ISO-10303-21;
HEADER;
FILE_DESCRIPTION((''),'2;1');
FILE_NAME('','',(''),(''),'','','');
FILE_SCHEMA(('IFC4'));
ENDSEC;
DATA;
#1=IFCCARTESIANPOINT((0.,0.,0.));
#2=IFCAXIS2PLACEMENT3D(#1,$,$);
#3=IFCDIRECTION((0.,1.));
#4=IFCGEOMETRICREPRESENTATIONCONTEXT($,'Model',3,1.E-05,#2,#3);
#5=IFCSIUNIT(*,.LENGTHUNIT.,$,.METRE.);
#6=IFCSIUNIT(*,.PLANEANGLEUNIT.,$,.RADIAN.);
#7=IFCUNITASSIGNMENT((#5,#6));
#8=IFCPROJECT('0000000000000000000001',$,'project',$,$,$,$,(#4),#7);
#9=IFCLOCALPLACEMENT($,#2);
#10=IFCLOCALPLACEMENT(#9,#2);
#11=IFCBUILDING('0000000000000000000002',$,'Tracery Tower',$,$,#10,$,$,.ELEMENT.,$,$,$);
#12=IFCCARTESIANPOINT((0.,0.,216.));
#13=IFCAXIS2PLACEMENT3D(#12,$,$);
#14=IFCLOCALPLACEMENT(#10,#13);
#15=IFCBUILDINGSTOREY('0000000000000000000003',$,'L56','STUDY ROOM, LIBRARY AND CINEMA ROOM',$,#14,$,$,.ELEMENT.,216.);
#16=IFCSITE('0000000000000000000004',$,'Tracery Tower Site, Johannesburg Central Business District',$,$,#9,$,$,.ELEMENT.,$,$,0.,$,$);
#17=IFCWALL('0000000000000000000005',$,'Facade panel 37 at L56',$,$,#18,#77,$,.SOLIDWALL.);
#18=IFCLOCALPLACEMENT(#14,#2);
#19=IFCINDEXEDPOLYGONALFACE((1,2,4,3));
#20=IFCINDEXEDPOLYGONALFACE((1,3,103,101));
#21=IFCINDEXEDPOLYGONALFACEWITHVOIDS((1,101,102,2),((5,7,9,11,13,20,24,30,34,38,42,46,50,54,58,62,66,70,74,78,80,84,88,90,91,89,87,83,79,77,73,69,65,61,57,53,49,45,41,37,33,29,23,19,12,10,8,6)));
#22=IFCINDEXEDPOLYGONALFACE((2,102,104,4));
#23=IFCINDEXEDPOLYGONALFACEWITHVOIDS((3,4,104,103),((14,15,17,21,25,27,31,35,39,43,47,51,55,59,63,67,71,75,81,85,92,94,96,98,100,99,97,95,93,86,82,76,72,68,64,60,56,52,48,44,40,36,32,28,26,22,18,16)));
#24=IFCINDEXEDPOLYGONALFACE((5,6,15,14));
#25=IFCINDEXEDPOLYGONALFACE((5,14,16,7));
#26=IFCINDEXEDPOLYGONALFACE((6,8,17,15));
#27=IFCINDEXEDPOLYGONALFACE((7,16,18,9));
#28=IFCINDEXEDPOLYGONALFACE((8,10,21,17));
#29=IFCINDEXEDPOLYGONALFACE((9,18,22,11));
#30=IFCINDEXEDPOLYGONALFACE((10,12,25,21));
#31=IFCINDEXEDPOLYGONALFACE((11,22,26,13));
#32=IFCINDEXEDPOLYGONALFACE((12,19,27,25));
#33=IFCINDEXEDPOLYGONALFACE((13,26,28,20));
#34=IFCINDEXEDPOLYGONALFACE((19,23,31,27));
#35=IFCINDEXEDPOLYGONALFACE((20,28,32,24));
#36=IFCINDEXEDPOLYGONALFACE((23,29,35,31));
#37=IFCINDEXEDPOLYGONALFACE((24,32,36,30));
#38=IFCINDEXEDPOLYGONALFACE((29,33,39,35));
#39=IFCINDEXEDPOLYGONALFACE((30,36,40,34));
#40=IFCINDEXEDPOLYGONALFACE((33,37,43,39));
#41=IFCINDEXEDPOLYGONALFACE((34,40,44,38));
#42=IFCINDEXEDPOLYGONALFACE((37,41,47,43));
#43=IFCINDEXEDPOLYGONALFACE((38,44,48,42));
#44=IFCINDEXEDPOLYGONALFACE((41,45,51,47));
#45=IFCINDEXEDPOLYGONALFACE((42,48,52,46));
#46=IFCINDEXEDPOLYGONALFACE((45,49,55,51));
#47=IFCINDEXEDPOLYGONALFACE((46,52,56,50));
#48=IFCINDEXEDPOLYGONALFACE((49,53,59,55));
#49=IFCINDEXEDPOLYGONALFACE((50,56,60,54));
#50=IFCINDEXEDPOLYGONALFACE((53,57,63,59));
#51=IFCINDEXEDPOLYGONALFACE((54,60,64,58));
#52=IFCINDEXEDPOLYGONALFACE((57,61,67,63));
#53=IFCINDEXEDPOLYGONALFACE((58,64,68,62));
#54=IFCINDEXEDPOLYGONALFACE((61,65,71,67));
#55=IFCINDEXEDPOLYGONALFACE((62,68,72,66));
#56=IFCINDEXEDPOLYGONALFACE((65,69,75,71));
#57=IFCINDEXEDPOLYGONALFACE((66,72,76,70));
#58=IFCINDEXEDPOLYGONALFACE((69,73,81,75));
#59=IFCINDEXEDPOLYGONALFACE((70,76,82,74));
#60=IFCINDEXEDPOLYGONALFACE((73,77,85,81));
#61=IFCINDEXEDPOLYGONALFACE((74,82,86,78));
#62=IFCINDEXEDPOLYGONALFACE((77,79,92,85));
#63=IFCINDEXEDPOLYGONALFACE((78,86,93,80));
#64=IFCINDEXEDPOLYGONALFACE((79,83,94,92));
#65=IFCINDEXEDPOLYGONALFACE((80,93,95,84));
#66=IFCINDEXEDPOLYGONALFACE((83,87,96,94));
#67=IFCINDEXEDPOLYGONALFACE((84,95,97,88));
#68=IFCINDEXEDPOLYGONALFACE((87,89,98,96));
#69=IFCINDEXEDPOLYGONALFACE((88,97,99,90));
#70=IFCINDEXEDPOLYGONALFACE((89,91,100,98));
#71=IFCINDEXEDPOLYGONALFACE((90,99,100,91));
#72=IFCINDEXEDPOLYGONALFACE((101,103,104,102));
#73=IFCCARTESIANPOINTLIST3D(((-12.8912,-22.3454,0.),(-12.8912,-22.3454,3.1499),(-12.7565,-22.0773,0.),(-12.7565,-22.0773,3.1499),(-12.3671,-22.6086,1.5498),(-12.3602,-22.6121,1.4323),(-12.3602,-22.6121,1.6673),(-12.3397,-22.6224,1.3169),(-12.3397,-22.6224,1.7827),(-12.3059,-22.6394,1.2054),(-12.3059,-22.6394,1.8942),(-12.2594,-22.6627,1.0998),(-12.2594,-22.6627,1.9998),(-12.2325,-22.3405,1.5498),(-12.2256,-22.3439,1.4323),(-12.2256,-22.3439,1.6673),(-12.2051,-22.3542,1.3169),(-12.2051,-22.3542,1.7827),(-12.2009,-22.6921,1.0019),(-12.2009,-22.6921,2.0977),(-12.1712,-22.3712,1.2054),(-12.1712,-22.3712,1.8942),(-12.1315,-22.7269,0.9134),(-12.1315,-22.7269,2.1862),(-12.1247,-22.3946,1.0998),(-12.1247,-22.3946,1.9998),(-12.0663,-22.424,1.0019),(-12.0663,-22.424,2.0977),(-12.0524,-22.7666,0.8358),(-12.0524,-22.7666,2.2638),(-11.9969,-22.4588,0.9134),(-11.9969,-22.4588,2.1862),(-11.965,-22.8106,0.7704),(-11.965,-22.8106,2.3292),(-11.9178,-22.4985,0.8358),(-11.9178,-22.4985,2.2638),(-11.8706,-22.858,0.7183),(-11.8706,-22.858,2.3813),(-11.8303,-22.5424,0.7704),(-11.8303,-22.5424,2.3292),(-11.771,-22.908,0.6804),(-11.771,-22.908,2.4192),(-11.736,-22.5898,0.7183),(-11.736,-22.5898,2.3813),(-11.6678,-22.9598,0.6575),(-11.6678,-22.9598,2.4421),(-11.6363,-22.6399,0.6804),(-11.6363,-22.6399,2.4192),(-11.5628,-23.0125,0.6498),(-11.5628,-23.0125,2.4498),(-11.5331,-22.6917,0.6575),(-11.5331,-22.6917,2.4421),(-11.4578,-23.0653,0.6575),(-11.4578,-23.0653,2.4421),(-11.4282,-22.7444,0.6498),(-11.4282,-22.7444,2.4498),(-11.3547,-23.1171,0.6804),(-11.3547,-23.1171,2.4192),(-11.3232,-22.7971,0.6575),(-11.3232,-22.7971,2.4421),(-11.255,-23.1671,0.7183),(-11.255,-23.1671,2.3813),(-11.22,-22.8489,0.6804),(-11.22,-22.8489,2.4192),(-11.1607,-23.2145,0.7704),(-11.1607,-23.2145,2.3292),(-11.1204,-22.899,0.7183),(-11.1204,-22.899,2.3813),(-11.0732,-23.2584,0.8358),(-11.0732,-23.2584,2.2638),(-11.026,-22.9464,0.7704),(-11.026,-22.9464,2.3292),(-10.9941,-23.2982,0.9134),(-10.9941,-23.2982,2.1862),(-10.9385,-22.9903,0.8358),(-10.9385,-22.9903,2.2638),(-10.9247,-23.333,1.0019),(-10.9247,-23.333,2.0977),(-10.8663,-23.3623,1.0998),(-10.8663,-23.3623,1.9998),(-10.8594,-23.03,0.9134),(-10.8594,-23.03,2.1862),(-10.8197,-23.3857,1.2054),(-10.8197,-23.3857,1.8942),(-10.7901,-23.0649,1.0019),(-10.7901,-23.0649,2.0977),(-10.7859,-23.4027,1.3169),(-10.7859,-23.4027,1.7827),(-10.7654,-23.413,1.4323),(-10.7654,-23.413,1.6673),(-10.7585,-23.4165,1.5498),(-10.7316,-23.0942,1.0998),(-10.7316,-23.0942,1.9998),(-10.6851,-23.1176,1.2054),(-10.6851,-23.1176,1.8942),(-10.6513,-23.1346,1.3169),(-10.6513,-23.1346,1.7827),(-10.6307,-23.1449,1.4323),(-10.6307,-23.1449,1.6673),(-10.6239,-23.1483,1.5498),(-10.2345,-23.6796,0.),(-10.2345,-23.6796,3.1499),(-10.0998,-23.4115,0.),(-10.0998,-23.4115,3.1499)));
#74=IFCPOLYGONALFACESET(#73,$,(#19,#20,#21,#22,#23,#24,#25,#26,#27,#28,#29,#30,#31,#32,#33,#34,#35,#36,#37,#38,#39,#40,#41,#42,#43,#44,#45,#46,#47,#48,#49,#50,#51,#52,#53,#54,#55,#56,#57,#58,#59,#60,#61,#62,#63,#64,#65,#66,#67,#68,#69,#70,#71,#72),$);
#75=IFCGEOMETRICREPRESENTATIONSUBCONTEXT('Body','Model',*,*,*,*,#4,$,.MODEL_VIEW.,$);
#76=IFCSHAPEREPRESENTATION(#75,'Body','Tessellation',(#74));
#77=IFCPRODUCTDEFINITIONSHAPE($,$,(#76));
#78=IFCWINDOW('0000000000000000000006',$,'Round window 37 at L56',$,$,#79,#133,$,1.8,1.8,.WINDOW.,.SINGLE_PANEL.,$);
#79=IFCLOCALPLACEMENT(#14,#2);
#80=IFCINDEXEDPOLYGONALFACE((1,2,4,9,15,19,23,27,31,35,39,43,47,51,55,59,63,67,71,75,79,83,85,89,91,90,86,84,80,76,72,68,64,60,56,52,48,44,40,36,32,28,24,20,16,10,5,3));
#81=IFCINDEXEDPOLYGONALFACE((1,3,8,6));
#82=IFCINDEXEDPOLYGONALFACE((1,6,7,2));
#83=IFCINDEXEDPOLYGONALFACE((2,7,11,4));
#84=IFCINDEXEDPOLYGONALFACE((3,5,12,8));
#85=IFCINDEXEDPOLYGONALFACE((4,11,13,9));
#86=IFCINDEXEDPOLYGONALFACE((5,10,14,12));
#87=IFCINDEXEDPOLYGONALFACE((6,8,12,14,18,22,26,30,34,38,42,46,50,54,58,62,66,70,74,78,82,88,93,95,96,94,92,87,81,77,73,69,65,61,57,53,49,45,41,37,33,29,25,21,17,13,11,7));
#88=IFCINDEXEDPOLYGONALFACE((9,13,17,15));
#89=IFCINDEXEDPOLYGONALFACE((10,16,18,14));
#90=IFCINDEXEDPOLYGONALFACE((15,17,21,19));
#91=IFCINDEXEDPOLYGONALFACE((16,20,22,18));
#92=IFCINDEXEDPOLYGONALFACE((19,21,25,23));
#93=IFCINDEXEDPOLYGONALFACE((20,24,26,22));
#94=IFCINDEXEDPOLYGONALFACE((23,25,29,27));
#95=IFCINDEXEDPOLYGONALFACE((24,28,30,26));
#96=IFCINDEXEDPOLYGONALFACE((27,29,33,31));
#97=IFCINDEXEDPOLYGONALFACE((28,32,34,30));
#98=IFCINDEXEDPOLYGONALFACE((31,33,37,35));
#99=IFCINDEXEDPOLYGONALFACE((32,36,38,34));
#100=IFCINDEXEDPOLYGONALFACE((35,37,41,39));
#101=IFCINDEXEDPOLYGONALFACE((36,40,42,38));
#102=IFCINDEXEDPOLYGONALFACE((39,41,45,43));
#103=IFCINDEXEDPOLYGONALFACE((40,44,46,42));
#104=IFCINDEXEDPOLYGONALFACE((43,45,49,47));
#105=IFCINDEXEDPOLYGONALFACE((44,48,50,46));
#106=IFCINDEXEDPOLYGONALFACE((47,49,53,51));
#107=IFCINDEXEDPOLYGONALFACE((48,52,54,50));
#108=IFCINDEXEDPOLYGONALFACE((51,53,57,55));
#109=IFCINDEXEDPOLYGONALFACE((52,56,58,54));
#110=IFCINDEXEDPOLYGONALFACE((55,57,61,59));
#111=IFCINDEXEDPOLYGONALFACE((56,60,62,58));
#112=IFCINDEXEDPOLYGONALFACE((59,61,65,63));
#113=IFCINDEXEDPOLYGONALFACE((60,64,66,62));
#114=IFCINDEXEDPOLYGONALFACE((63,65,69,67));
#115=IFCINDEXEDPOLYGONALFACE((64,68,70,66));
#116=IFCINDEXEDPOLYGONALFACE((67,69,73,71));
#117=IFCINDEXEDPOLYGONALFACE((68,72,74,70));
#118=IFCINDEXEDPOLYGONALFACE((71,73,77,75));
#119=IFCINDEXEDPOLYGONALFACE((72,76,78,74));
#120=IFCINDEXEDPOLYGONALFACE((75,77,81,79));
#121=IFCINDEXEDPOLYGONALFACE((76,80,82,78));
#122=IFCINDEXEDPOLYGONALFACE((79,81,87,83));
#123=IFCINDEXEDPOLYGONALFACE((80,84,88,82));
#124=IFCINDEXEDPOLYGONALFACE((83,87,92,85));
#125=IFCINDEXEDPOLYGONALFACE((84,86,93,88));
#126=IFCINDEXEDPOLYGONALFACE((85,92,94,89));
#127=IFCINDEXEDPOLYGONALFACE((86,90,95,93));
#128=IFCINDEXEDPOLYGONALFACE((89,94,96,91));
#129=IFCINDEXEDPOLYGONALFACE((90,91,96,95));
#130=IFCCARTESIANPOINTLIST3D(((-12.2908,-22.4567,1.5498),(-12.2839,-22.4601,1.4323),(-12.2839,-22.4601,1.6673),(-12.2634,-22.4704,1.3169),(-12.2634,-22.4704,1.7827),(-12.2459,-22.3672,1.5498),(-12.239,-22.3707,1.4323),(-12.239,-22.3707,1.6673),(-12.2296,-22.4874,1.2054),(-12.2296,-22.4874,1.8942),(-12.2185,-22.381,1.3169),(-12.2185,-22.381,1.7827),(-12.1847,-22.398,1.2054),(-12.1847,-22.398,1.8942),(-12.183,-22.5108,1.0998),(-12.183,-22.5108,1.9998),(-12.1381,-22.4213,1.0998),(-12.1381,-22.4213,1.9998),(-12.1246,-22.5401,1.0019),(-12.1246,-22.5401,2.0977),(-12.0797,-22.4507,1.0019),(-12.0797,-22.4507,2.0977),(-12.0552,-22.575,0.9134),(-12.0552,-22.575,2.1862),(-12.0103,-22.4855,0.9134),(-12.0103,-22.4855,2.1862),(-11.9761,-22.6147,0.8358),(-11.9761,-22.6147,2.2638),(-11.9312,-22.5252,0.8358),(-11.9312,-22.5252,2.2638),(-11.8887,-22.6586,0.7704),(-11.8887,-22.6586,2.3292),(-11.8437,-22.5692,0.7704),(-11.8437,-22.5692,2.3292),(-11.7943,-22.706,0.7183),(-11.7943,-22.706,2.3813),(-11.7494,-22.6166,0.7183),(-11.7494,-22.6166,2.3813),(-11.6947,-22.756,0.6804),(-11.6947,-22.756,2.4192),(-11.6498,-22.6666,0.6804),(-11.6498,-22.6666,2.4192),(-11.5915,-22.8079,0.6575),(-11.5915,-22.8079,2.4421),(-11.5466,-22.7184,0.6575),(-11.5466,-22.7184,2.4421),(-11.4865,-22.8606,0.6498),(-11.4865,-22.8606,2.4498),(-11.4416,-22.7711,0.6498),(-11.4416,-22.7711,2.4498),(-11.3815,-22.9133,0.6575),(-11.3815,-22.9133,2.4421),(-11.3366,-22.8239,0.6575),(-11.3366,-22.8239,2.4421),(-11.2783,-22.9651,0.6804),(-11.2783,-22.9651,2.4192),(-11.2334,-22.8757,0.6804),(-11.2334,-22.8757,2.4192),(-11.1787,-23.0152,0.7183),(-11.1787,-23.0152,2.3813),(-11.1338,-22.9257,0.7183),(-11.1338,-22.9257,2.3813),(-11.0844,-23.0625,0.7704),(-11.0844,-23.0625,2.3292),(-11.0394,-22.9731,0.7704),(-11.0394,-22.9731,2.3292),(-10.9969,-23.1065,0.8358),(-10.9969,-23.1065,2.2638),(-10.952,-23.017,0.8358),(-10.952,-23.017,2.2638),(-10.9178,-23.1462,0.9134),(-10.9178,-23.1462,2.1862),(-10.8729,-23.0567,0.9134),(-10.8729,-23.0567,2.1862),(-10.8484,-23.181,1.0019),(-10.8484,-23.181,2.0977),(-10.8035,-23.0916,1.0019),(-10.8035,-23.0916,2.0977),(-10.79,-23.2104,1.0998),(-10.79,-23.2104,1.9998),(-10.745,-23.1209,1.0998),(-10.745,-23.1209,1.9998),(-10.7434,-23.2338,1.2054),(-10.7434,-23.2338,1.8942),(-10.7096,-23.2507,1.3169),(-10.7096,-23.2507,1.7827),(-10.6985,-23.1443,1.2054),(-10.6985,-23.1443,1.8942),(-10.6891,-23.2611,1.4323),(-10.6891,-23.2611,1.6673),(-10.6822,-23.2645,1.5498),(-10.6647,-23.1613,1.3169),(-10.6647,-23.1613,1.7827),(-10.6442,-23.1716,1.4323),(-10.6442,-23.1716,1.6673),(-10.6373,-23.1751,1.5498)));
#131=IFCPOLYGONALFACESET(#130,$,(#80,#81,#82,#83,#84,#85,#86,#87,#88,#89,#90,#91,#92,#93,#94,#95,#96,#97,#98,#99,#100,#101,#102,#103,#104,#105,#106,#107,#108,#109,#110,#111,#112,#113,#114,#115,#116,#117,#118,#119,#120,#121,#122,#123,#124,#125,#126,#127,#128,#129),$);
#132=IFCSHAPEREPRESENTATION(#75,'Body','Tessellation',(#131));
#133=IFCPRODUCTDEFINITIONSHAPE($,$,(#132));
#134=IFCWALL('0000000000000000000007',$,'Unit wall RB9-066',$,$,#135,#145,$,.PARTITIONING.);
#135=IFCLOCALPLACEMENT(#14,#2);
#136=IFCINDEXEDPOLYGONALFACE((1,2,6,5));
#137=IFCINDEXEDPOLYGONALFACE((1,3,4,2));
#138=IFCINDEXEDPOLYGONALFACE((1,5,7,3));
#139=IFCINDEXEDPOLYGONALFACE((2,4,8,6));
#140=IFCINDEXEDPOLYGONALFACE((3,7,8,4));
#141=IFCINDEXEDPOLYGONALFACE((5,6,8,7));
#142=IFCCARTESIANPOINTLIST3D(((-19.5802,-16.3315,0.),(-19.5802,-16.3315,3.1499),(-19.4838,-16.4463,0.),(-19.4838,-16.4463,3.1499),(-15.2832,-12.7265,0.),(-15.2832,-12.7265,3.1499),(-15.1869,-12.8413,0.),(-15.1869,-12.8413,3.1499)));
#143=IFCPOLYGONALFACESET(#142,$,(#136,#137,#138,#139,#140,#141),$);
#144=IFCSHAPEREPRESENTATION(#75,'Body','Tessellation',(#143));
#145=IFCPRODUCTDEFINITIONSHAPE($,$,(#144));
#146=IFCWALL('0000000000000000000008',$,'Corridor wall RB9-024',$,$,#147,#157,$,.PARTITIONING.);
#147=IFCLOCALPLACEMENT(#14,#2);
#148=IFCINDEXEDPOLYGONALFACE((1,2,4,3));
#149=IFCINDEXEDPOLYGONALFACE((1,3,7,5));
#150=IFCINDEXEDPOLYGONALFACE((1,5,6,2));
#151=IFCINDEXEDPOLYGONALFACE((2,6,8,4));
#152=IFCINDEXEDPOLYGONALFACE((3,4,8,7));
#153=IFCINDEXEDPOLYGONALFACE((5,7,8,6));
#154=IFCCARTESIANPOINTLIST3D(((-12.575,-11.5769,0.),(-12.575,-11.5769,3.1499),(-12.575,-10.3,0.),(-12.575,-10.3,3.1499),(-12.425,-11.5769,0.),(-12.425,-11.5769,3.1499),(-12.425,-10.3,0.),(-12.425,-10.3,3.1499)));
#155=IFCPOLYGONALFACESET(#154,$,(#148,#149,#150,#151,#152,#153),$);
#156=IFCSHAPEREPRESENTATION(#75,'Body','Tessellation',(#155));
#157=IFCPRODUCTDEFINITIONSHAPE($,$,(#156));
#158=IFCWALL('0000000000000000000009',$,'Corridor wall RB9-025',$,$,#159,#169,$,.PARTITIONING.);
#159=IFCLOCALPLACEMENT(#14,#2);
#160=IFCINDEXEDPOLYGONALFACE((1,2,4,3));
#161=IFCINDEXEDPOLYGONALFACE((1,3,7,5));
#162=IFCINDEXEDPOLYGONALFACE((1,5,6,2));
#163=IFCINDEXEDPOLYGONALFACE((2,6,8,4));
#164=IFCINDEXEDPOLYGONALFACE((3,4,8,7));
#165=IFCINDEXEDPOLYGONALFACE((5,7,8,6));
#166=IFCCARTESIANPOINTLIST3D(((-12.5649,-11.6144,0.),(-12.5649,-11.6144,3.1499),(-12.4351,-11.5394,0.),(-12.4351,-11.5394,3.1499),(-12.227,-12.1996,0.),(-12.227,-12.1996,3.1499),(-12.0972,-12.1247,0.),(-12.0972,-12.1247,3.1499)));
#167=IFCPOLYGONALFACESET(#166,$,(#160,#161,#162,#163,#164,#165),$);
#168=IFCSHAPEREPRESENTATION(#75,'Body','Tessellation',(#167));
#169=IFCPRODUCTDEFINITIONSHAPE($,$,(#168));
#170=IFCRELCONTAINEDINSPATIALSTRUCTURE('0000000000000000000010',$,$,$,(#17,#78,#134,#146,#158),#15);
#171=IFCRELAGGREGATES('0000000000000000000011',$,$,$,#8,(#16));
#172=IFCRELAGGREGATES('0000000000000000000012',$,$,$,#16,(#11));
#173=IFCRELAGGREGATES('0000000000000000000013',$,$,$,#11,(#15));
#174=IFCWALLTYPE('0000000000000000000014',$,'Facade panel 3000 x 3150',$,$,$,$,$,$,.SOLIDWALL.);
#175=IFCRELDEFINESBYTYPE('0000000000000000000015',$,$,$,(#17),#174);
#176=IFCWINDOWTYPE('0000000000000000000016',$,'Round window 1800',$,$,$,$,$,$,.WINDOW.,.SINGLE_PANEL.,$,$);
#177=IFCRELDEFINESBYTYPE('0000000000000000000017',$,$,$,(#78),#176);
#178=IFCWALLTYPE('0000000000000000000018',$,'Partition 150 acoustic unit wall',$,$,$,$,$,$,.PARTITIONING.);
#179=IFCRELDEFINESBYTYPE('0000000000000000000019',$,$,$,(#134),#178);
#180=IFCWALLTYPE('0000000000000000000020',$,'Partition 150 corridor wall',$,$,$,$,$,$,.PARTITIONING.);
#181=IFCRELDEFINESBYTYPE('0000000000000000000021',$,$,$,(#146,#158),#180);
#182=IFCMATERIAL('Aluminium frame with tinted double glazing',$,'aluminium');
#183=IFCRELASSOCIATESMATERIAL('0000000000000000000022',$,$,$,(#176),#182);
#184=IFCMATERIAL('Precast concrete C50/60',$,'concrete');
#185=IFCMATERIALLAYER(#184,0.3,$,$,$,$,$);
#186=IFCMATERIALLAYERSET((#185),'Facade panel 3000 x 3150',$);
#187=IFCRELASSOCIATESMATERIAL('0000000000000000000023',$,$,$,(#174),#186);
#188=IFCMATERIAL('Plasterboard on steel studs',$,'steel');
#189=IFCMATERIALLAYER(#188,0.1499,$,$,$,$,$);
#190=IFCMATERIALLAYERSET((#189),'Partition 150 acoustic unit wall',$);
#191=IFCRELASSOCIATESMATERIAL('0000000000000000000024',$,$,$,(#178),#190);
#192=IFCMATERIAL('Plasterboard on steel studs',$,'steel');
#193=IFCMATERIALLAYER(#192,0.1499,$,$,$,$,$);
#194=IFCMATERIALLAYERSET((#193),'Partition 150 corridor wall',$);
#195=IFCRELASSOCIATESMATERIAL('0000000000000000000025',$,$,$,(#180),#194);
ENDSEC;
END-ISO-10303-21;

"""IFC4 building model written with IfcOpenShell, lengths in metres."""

from ifc_helpers import new_model, si_unit, direction, frame, frame_2d, origin, origin_2d, place, context, subcontext, project, spatial, rectangle, circle, extrude, material, layer, layer_set, type_object, element, fill, save


model = new_model("IFC4")

# Units and contexts
model_context = context("Model", 3, precision=1e-05, world=origin(), true_north=direction((0.0, 1.0)))
body_context = subcontext(model_context, "Body", "Model", "MODEL_VIEW")
ifc_project = project(units=[si_unit("LENGTHUNIT", "METRE"), si_unit("PLANEANGLEUNIT", "RADIAN")], contexts=[model_context])

# Site, building, storey
site_placement = place(None, origin())
site = spatial("IfcSite", under=ifc_project, at=site_placement, Name="Tracery Tower Site, Johannesburg Central Business District", CompositionType="ELEMENT", RefElevation=0.0)
building_placement = place(site_placement, origin())
building = spatial("IfcBuilding", under=site, at=building_placement, Name="Tracery Tower", CompositionType="ELEMENT")
storey_placement = place(building_placement, frame((0.0, 0.0, 216.0)))
storey = spatial("IfcBuildingStorey", under=building, at=storey_placement, Name="L56", Description="STUDY ROOM, LIBRARY AND CINEMA ROOM", CompositionType="ELEMENT", Elevation=216.0)

# Wall, opening, window
ifc_material_1 = material(Name="Aluminium frame with tinted double glazing", Category="aluminium")
window_type = type_object("IfcWindowType", Name="Round window 1800", PartitioningType="SINGLE_PANEL", PredefinedType="WINDOW", material=ifc_material_1)
ifc_material_2 = material(Name="Precast concrete C50/60", Category="concrete")
ifc_layer_1 = layer(ifc_material_2, 0.3)
ifc_layer_set_1 = layer_set([ifc_layer_1], Name="Facade panel 3000 x 3150")
wall_type_1 = type_object("IfcWallType", Name="Facade panel 3000 x 3150", PredefinedType="SOLIDWALL", material=ifc_layer_set_1)
wall_1_placement = place(storey_placement, frame((-12.8237, -22.2114, 0.0), z_axis=(0.0, 0.0, 1.0), x_axis=(0.893637, -0.44879, 0.0)))
wall_1 = element("IfcWall", 1, at=wall_1_placement, inside=storey, type_object=wall_type_1, Name="Facade panel 37 at L56", PredefinedType="SOLIDWALL", context=body_context, shape_type="SweptSolid", body=[
    extrude(rectangle(XDim=2.9729, YDim=0.3, at=frame_2d((1.4863, 0.0))), origin(), (0.0, 0.0, 1.0), 3.1499),
])
opening_1_placement = place(wall_1_placement, frame((1.4863, 0.0, 1.5498)))
opening_1 = element("IfcOpeningElement", 2, at=opening_1_placement, cuts=wall_1, PredefinedType="OPENING", context=body_context, shape_type="SweptSolid", body=[
    extrude(circle(Radius=0.9, at=origin_2d()), frame((0.0, 0.1599, 0.0), z_axis=(0.0, -1.0, 0.0), x_axis=(1.0, 0.0, 0.0)), (0.0, 0.0, 1.0), 0.3201),
])
window_1_placement = place(opening_1_placement, origin())
window_1 = element("IfcWindow", 3, at=window_1_placement, inside=storey, type_object=window_type, Name="Round window 37 at L56", OverallHeight=1.8, OverallWidth=1.8, PartitioningType="SINGLE_PANEL", PredefinedType="WINDOW", context=body_context, shape_type="SweptSolid", body=[
    extrude(circle(Radius=0.9, at=origin_2d()), frame((0.0, 0.1201, 0.0), z_axis=(0.0, -1.0, 0.0), x_axis=(1.0, 0.0, 0.0)), (0.0, 0.0, 1.0), 0.1001),
])
fill(opening_1, window_1)

# Walls
ifc_material_3 = material(Name="Plasterboard on steel studs", Category="steel")
ifc_layer_2 = layer(ifc_material_3, 0.1499)
ifc_layer_set_2 = layer_set([ifc_layer_2], Name="Partition 150 acoustic unit wall")
wall_type_2 = type_object("IfcWallType", Name="Partition 150 acoustic unit wall", PredefinedType="PARTITIONING", material=ifc_layer_set_2)
wall_2_placement = place(storey_placement, frame((-19.532, -16.3889, 0.0), z_axis=(0.0, 0.0, 1.0), x_axis=(0.766091, 0.642733, 0.0)))
element("IfcWall", 4, at=wall_2_placement, inside=storey, type_object=wall_type_2, Name="Unit wall RB9-066", PredefinedType="PARTITIONING", context=body_context, shape_type="SweptSolid", body=[
    extrude(rectangle(XDim=5.6089, YDim=0.1499, at=frame_2d((2.8044, 0.0))), origin(), (0.0, 0.0, 1.0), 3.1499),
])
ifc_material_4 = material(Name="Plasterboard on steel studs", Category="steel")
ifc_layer_3 = layer(ifc_material_4, 0.1499)
ifc_layer_set_3 = layer_set([ifc_layer_3], Name="Partition 150 corridor wall")
wall_type_3 = type_object("IfcWallType", Name="Partition 150 corridor wall", PredefinedType="PARTITIONING", material=ifc_layer_set_3)
wall_3_placement = place(storey_placement, frame((-12.5, -11.5769, 0.0), z_axis=(0.0, 0.0, 1.0), x_axis=(0.0, 1.0, 0.0)))
element("IfcWall", 5, at=wall_3_placement, inside=storey, type_object=wall_type_3, Name="Corridor wall RB9-024", PredefinedType="PARTITIONING", context=body_context, shape_type="SweptSolid", body=[
    extrude(rectangle(XDim=1.2769, YDim=0.1499, at=frame_2d((0.6384, 0.0))), origin(), (0.0, 0.0, 1.0), 3.1499),
])
wall_4_placement = place(storey_placement, frame((-12.5, -11.5769, 0.0), z_axis=(0.0, 0.0, 1.0), x_axis=(0.500025, -0.866011, 0.0)))
element("IfcWall", 6, at=wall_4_placement, inside=storey, type_object=wall_type_3, Name="Corridor wall RB9-025", PredefinedType="PARTITIONING", context=body_context, shape_type="SweptSolid", body=[
    extrude(rectangle(XDim=0.6758, YDim=0.1499, at=frame_2d((0.3379, 0.0))), origin(), (0.0, 0.0, 1.0), 3.1499),
])

save(model, "model.ifc")
